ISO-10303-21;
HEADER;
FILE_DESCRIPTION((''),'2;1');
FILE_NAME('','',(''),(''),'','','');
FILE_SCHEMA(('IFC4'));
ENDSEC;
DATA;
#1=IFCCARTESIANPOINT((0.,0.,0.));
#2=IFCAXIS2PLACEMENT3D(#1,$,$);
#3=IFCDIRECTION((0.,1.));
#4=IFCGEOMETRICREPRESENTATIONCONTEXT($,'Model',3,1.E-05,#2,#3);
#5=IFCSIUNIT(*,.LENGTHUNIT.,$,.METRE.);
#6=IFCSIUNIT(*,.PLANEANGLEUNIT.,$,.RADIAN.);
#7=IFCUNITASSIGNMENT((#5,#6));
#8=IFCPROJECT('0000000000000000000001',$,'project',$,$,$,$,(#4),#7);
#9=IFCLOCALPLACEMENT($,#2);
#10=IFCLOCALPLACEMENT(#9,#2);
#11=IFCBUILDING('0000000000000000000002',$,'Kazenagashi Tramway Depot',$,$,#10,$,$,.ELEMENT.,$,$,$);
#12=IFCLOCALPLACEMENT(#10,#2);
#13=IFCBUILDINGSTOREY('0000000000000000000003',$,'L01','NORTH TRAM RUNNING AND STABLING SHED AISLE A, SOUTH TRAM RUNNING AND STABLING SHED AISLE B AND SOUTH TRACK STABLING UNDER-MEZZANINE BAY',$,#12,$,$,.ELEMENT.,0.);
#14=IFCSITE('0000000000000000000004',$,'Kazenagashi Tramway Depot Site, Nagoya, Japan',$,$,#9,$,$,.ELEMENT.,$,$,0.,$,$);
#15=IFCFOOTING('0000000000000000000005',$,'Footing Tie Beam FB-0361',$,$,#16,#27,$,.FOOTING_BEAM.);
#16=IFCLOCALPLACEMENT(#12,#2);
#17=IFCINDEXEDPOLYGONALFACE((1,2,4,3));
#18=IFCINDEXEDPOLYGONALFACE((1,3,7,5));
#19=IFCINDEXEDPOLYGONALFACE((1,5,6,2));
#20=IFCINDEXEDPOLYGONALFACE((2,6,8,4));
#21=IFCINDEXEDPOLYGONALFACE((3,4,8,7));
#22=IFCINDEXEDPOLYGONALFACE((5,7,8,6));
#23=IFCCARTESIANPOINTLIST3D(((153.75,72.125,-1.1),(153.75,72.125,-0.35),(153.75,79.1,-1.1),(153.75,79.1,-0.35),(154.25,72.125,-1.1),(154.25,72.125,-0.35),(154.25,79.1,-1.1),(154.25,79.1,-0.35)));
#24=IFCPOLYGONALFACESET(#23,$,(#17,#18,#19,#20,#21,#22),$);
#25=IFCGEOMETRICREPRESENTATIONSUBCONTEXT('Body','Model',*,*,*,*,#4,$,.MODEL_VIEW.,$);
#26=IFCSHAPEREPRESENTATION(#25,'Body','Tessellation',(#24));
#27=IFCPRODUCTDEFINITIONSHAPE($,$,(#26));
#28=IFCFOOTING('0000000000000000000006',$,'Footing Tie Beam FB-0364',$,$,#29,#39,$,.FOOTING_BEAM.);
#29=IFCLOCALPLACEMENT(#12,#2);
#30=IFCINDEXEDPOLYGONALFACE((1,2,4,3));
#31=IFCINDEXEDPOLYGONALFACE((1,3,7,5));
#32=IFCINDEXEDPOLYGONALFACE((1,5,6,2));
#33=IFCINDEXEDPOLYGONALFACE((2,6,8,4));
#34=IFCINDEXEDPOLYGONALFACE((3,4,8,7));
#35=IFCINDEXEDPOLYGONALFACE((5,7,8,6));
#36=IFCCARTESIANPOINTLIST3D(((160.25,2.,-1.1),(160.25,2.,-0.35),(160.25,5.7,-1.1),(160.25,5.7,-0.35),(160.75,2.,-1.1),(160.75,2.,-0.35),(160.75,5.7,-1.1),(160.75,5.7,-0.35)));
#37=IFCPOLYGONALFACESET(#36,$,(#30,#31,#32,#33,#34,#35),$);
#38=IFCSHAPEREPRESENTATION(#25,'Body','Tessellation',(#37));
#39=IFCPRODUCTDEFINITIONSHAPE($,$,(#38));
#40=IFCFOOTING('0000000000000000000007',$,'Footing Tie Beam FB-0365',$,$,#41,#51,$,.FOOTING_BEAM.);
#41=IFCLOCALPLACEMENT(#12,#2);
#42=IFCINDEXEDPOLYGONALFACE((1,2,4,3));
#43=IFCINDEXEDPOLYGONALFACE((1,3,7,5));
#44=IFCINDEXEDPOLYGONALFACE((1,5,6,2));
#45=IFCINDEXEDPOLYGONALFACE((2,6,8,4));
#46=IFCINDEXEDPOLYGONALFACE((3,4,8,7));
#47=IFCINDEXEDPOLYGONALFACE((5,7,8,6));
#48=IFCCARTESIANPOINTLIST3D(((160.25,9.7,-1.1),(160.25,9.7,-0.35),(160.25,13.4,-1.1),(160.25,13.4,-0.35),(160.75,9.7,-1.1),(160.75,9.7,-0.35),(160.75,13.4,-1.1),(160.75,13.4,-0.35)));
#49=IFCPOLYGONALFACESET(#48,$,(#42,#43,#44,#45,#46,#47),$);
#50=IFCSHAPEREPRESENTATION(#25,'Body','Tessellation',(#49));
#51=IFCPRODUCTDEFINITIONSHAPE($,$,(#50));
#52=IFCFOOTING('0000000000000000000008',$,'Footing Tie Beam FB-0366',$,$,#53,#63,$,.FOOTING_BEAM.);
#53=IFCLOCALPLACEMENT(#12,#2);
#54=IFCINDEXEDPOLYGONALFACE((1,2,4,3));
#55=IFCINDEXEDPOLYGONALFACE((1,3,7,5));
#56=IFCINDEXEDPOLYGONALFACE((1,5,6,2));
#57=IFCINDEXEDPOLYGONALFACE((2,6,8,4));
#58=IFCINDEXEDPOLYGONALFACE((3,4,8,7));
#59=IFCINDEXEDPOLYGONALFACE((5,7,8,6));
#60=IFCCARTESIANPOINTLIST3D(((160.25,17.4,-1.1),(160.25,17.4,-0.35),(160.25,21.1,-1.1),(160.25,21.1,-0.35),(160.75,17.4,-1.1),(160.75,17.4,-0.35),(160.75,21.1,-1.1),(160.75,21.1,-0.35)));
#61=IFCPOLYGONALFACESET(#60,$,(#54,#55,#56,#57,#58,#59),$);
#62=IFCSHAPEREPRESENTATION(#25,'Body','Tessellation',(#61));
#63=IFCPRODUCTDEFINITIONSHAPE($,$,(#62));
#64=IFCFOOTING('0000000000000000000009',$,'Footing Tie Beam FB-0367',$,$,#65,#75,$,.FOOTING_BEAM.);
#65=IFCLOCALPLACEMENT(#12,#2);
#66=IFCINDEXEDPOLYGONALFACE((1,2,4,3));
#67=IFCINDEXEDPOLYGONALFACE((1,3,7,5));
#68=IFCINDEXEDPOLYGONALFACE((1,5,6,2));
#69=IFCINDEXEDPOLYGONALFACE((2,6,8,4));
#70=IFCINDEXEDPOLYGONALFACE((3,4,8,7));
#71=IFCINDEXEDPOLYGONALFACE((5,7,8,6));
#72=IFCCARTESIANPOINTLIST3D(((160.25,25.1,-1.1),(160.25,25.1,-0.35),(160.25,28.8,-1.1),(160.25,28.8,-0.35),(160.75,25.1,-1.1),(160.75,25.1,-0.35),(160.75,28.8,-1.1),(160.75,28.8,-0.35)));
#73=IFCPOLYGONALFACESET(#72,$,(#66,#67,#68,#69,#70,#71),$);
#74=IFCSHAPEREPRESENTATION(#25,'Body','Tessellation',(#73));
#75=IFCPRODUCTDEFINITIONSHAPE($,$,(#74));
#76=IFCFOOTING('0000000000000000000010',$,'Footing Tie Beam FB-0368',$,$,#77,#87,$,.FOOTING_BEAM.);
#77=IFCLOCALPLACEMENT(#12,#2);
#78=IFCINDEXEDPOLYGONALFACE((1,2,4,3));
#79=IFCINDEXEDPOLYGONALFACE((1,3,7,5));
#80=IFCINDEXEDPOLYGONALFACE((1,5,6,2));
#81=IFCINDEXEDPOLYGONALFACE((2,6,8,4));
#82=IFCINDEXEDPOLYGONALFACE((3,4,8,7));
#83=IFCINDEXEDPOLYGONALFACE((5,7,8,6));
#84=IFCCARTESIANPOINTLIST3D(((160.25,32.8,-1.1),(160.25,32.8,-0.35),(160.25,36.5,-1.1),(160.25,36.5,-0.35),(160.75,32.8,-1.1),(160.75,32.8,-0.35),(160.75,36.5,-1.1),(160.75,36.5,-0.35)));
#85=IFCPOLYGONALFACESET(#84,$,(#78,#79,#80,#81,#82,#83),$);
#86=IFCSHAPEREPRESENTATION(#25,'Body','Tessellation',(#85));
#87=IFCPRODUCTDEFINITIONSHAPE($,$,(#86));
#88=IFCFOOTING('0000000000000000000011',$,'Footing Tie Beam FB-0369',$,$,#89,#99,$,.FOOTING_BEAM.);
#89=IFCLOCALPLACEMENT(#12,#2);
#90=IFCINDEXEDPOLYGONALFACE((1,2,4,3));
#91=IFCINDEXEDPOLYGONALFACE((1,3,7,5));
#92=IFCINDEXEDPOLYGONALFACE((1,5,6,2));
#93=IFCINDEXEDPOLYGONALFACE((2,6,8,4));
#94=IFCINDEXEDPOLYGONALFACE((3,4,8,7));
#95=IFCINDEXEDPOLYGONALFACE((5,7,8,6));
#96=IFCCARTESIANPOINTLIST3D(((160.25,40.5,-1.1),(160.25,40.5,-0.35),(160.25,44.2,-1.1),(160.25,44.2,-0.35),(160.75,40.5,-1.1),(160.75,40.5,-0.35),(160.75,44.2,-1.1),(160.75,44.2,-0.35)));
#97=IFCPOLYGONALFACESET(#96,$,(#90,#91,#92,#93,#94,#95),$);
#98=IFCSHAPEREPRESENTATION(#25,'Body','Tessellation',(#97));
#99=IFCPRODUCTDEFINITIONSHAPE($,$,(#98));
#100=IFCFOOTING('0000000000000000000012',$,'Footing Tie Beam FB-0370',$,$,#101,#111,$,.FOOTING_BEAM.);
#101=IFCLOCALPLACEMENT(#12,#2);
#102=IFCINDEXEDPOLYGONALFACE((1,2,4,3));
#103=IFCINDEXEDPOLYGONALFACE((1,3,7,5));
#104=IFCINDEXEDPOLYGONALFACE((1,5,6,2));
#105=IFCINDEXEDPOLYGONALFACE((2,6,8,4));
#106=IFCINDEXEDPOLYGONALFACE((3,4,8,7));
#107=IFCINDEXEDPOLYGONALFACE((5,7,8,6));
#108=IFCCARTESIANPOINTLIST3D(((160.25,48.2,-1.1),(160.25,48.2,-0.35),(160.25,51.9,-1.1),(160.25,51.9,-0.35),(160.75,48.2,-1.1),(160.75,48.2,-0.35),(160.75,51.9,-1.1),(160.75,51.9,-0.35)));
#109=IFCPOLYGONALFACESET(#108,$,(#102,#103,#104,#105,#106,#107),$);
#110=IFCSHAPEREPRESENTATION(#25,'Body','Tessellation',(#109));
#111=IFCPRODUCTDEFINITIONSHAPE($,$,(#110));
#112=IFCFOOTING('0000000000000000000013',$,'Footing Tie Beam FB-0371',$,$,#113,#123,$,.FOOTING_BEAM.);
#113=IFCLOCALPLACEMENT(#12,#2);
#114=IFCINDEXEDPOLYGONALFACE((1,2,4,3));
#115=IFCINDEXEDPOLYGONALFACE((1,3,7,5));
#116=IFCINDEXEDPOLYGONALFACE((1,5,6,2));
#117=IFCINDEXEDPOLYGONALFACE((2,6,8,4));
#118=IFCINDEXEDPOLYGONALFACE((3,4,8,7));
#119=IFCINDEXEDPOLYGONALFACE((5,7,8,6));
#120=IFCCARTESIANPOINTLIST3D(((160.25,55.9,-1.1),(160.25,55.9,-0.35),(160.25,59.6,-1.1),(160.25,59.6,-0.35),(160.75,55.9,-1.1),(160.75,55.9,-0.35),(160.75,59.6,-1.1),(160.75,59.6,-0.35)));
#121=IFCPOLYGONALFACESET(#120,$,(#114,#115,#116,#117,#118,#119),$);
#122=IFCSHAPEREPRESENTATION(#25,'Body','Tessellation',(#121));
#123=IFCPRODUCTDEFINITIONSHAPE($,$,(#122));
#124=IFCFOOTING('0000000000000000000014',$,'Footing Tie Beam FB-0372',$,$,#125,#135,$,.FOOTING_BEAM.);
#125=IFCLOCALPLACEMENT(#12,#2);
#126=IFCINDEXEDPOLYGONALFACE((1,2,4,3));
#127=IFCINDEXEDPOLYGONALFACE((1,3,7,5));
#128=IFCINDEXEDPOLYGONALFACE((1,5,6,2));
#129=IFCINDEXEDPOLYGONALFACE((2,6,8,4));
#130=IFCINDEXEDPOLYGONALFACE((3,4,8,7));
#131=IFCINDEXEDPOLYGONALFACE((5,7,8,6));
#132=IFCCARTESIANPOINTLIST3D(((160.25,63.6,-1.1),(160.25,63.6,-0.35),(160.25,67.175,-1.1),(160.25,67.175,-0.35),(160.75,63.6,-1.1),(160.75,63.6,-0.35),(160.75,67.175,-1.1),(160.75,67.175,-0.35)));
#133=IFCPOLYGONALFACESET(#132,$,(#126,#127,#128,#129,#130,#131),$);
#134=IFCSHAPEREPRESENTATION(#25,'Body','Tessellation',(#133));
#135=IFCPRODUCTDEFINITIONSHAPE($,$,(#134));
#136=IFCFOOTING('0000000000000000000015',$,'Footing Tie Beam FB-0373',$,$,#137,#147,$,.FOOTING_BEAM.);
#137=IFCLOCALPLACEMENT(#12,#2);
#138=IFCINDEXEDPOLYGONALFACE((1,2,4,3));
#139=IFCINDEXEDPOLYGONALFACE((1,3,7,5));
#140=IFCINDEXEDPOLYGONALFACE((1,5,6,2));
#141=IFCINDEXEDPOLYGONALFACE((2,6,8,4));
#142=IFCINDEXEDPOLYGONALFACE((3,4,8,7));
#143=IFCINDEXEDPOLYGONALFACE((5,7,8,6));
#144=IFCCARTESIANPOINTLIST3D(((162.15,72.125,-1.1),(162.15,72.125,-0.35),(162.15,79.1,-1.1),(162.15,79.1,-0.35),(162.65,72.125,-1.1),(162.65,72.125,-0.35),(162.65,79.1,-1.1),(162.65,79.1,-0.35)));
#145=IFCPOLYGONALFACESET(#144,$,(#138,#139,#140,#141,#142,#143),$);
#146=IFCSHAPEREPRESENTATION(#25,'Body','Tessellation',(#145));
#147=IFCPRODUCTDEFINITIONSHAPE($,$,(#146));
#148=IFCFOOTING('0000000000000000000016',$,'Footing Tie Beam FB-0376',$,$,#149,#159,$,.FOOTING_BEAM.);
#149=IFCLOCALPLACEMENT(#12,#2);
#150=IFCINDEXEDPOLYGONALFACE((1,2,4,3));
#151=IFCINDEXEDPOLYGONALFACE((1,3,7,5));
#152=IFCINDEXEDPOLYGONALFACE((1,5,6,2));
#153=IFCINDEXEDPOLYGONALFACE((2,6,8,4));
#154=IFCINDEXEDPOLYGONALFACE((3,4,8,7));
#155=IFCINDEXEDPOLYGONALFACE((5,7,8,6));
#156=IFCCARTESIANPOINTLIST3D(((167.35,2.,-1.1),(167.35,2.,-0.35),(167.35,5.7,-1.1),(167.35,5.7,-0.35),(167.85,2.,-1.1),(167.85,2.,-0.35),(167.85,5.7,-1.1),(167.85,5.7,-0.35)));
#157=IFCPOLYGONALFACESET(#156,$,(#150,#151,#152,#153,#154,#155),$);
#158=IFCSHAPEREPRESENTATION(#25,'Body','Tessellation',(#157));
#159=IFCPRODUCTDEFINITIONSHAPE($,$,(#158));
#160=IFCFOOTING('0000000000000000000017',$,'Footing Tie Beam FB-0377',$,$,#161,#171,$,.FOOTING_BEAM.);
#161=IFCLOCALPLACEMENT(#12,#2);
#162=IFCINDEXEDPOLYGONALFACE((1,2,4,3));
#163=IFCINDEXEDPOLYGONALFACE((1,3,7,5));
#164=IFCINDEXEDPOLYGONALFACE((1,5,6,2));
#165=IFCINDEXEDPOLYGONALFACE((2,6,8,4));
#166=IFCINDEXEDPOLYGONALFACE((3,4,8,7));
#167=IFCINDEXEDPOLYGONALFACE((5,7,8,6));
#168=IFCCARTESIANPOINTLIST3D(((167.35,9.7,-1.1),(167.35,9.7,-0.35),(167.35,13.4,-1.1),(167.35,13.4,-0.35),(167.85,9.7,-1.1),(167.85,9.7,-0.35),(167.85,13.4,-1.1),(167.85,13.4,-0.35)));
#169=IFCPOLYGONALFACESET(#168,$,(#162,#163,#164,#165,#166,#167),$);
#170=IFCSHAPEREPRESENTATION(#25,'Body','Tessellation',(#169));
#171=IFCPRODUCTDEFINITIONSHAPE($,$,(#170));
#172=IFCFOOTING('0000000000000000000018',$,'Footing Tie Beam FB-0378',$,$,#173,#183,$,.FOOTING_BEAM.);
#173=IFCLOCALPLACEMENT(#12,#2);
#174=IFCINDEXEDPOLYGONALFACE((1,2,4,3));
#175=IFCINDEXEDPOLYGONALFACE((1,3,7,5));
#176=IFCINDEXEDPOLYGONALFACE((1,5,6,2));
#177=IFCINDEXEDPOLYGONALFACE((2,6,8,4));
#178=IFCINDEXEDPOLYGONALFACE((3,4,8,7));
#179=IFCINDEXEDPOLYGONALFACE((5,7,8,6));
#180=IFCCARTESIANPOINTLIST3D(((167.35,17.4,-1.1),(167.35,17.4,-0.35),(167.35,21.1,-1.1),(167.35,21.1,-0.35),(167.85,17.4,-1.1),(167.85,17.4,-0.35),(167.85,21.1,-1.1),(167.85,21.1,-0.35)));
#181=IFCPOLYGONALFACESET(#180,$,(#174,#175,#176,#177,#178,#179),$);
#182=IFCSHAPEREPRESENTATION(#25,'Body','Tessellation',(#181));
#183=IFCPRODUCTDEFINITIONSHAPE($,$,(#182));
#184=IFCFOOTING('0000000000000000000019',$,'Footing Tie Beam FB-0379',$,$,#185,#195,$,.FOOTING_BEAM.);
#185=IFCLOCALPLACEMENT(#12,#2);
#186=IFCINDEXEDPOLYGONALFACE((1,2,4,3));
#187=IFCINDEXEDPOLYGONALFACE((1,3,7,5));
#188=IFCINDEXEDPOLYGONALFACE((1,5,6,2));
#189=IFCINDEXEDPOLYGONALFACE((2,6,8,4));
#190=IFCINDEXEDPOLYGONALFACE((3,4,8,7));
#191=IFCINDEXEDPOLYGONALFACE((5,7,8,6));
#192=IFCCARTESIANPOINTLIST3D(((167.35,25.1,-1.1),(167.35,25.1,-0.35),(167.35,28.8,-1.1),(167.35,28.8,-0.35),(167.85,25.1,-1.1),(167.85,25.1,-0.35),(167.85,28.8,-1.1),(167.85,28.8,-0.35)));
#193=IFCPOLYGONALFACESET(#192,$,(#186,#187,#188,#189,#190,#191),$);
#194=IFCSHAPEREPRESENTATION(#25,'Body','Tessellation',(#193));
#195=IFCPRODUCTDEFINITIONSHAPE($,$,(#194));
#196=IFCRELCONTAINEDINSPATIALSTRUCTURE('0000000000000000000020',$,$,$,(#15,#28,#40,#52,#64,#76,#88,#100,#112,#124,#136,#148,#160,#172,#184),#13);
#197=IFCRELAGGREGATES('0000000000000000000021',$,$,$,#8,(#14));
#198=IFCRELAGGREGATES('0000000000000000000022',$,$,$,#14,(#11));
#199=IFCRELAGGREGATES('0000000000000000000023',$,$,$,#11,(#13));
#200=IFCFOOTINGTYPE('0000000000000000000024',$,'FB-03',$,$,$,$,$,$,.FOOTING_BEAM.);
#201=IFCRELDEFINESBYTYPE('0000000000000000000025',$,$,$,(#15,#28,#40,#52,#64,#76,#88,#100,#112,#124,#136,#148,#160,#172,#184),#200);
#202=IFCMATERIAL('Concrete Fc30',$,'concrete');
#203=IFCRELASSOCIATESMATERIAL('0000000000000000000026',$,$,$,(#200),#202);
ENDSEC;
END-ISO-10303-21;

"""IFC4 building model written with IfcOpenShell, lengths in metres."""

from ifc_helpers import new_model, si_unit, direction, frame, origin, place, context, subcontext, project, spatial, polyline, outline, extrude, material, type_object, element, save


model = new_model("IFC4")

# Units and contexts
model_context = context("Model", 3, precision=1e-05, world=origin(), true_north=direction((0.0, 1.0)))
body_context = subcontext(model_context, "Body", "Model", "MODEL_VIEW")
ifc_project = project(units=[si_unit("LENGTHUNIT", "METRE"), si_unit("PLANEANGLEUNIT", "RADIAN")], contexts=[model_context])

# Site, building, storey
site_placement = place(None, origin())
site = spatial("IfcSite", under=ifc_project, at=site_placement, Name="Kazenagashi Tramway Depot Site, Nagoya, Japan", CompositionType="ELEMENT", RefElevation=0.0)
building_placement = place(site_placement, origin())
building = spatial("IfcBuilding", under=site, at=building_placement, Name="Kazenagashi Tramway Depot", CompositionType="ELEMENT")
storey_placement = place(building_placement, origin())
storey = spatial("IfcBuildingStorey", under=building, at=storey_placement, Name="L01", Description="NORTH TRAM RUNNING AND STABLING SHED AISLE A, SOUTH TRAM RUNNING AND STABLING SHED AISLE B AND SOUTH TRACK STABLING UNDER-MEZZANINE BAY", CompositionType="ELEMENT", Elevation=0.0)

# Footings
ifc_material = material(Name="Concrete Fc30", Category="concrete")
footing_type_1 = type_object("IfcFootingType", Name="FB-03", PredefinedType="FOOTING_BEAM", material=ifc_material)
footing_1_placement = place(storey_placement, frame((0.0, 0.0, -1.1)))
element("IfcFooting", 1, at=footing_1_placement, inside=storey, type_object=footing_type_1, Name="Footing Tie Beam FB-0361", PredefinedType="FOOTING_BEAM", context=body_context, shape_type="SweptSolid", body=[
    extrude(outline(polyline([(153.75, 72.125), (154.25, 72.125), (154.25, 79.1), (153.75, 79.1), (153.75, 72.125)])), origin(), (0.0, 0.0, 1.0), 0.75),
])
footing_2_placement = place(storey_placement, frame((0.0, 0.0, -1.1)))
element("IfcFooting", 2, at=footing_2_placement, inside=storey, type_object=footing_type_1, Name="Footing Tie Beam FB-0364", PredefinedType="FOOTING_BEAM", context=body_context, shape_type="SweptSolid", body=[
    extrude(outline(polyline([(160.25, 2.0), (160.75, 2.0), (160.75, 5.7), (160.25, 5.7), (160.25, 2.0)])), origin(), (0.0, 0.0, 1.0), 0.75),
])
footing_3_placement = place(storey_placement, frame((0.0, 0.0, -1.1)))
element("IfcFooting", 3, at=footing_3_placement, inside=storey, type_object=footing_type_1, Name="Footing Tie Beam FB-0365", PredefinedType="FOOTING_BEAM", context=body_context, shape_type="SweptSolid", body=[
    extrude(outline(polyline([(160.25, 9.7), (160.75, 9.7), (160.75, 13.4), (160.25, 13.4), (160.25, 9.7)])), origin(), (0.0, 0.0, 1.0), 0.75),
])
footing_4_placement = place(storey_placement, frame((0.0, 0.0, -1.1)))
element("IfcFooting", 4, at=footing_4_placement, inside=storey, type_object=footing_type_1, Name="Footing Tie Beam FB-0366", PredefinedType="FOOTING_BEAM", context=body_context, shape_type="SweptSolid", body=[
    extrude(outline(polyline([(160.25, 17.4), (160.75, 17.4), (160.75, 21.1), (160.25, 21.1), (160.25, 17.4)])), origin(), (0.0, 0.0, 1.0), 0.75),
])
footing_5_placement = place(storey_placement, frame((0.0, 0.0, -1.1)))
element("IfcFooting", 5, at=footing_5_placement, inside=storey, type_object=footing_type_1, Name="Footing Tie Beam FB-0367", PredefinedType="FOOTING_BEAM", context=body_context, shape_type="SweptSolid", body=[
    extrude(outline(polyline([(160.25, 25.1), (160.75, 25.1), (160.75, 28.8), (160.25, 28.8), (160.25, 25.1)])), origin(), (0.0, 0.0, 1.0), 0.75),
])
footing_6_placement = place(storey_placement, frame((0.0, 0.0, -1.1)))
element("IfcFooting", 6, at=footing_6_placement, inside=storey, type_object=footing_type_1, Name="Footing Tie Beam FB-0368", PredefinedType="FOOTING_BEAM", context=body_context, shape_type="SweptSolid", body=[
    extrude(outline(polyline([(160.25, 32.8), (160.75, 32.8), (160.75, 36.5), (160.25, 36.5), (160.25, 32.8)])), origin(), (0.0, 0.0, 1.0), 0.75),
])
footing_7_placement = place(storey_placement, frame((0.0, 0.0, -1.1)))
element("IfcFooting", 7, at=footing_7_placement, inside=storey, type_object=footing_type_1, Name="Footing Tie Beam FB-0369", PredefinedType="FOOTING_BEAM", context=body_context, shape_type="SweptSolid", body=[
    extrude(outline(polyline([(160.25, 40.5), (160.75, 40.5), (160.75, 44.2), (160.25, 44.2), (160.25, 40.5)])), origin(), (0.0, 0.0, 1.0), 0.75),
])
footing_8_placement = place(storey_placement, frame((0.0, 0.0, -1.1)))
element("IfcFooting", 8, at=footing_8_placement, inside=storey, type_object=footing_type_1, Name="Footing Tie Beam FB-0370", PredefinedType="FOOTING_BEAM", context=body_context, shape_type="SweptSolid", body=[
    extrude(outline(polyline([(160.25, 48.2), (160.75, 48.2), (160.75, 51.9), (160.25, 51.9), (160.25, 48.2)])), origin(), (0.0, 0.0, 1.0), 0.75),
])
footing_9_placement = place(storey_placement, frame((0.0, 0.0, -1.1)))
element("IfcFooting", 9, at=footing_9_placement, inside=storey, type_object=footing_type_1, Name="Footing Tie Beam FB-0371", PredefinedType="FOOTING_BEAM", context=body_context, shape_type="SweptSolid", body=[
    extrude(outline(polyline([(160.25, 55.9), (160.75, 55.9), (160.75, 59.6), (160.25, 59.6), (160.25, 55.9)])), origin(), (0.0, 0.0, 1.0), 0.75),
])
footing_10_placement = place(storey_placement, frame((0.0, 0.0, -1.1)))
element("IfcFooting", 10, at=footing_10_placement, inside=storey, type_object=footing_type_1, Name="Footing Tie Beam FB-0372", PredefinedType="FOOTING_BEAM", context=body_context, shape_type="SweptSolid", body=[
    extrude(outline(polyline([(160.25, 63.6), (160.75, 63.6), (160.75, 67.175), (160.25, 67.175), (160.25, 63.6)])), origin(), (0.0, 0.0, 1.0), 0.75),
])
footing_11_placement = place(storey_placement, frame((0.0, 0.0, -1.1)))
element("IfcFooting", 11, at=footing_11_placement, inside=storey, type_object=footing_type_1, Name="Footing Tie Beam FB-0373", PredefinedType="FOOTING_BEAM", context=body_context, shape_type="SweptSolid", body=[
    extrude(outline(polyline([(162.15, 72.125), (162.65, 72.125), (162.65, 79.1), (162.15, 79.1), (162.15, 72.125)])), origin(), (0.0, 0.0, 1.0), 0.75),
])
footing_12_placement = place(storey_placement, frame((0.0, 0.0, -1.1)))
element("IfcFooting", 12, at=footing_12_placement, inside=storey, type_object=footing_type_1, Name="Footing Tie Beam FB-0376", PredefinedType="FOOTING_BEAM", context=body_context, shape_type="SweptSolid", body=[
    extrude(outline(polyline([(167.35, 2.0), (167.85, 2.0), (167.85, 5.7), (167.35, 5.7), (167.35, 2.0)])), origin(), (0.0, 0.0, 1.0), 0.75),
])
footing_13_placement = place(storey_placement, frame((0.0, 0.0, -1.1)))
element("IfcFooting", 13, at=footing_13_placement, inside=storey, type_object=footing_type_1, Name="Footing Tie Beam FB-0377", PredefinedType="FOOTING_BEAM", context=body_context, shape_type="SweptSolid", body=[
    extrude(outline(polyline([(167.35, 9.7), (167.85, 9.7), (167.85, 13.4), (167.35, 13.4), (167.35, 9.7)])), origin(), (0.0, 0.0, 1.0), 0.75),
])
footing_14_placement = place(storey_placement, frame((0.0, 0.0, -1.1)))
element("IfcFooting", 14, at=footing_14_placement, inside=storey, type_object=footing_type_1, Name="Footing Tie Beam FB-0378", PredefinedType="FOOTING_BEAM", context=body_context, shape_type="SweptSolid", body=[
    extrude(outline(polyline([(167.35, 17.4), (167.85, 17.4), (167.85, 21.1), (167.35, 21.1), (167.35, 17.4)])), origin(), (0.0, 0.0, 1.0), 0.75),
])
footing_15_placement = place(storey_placement, frame((0.0, 0.0, -1.1)))
element("IfcFooting", 15, at=footing_15_placement, inside=storey, type_object=footing_type_1, Name="Footing Tie Beam FB-0379", PredefinedType="FOOTING_BEAM", context=body_context, shape_type="SweptSolid", body=[
    extrude(outline(polyline([(167.35, 25.1), (167.85, 25.1), (167.85, 28.8), (167.35, 28.8), (167.35, 25.1)])), origin(), (0.0, 0.0, 1.0), 0.75),
])

save(model, "model.ifc")
